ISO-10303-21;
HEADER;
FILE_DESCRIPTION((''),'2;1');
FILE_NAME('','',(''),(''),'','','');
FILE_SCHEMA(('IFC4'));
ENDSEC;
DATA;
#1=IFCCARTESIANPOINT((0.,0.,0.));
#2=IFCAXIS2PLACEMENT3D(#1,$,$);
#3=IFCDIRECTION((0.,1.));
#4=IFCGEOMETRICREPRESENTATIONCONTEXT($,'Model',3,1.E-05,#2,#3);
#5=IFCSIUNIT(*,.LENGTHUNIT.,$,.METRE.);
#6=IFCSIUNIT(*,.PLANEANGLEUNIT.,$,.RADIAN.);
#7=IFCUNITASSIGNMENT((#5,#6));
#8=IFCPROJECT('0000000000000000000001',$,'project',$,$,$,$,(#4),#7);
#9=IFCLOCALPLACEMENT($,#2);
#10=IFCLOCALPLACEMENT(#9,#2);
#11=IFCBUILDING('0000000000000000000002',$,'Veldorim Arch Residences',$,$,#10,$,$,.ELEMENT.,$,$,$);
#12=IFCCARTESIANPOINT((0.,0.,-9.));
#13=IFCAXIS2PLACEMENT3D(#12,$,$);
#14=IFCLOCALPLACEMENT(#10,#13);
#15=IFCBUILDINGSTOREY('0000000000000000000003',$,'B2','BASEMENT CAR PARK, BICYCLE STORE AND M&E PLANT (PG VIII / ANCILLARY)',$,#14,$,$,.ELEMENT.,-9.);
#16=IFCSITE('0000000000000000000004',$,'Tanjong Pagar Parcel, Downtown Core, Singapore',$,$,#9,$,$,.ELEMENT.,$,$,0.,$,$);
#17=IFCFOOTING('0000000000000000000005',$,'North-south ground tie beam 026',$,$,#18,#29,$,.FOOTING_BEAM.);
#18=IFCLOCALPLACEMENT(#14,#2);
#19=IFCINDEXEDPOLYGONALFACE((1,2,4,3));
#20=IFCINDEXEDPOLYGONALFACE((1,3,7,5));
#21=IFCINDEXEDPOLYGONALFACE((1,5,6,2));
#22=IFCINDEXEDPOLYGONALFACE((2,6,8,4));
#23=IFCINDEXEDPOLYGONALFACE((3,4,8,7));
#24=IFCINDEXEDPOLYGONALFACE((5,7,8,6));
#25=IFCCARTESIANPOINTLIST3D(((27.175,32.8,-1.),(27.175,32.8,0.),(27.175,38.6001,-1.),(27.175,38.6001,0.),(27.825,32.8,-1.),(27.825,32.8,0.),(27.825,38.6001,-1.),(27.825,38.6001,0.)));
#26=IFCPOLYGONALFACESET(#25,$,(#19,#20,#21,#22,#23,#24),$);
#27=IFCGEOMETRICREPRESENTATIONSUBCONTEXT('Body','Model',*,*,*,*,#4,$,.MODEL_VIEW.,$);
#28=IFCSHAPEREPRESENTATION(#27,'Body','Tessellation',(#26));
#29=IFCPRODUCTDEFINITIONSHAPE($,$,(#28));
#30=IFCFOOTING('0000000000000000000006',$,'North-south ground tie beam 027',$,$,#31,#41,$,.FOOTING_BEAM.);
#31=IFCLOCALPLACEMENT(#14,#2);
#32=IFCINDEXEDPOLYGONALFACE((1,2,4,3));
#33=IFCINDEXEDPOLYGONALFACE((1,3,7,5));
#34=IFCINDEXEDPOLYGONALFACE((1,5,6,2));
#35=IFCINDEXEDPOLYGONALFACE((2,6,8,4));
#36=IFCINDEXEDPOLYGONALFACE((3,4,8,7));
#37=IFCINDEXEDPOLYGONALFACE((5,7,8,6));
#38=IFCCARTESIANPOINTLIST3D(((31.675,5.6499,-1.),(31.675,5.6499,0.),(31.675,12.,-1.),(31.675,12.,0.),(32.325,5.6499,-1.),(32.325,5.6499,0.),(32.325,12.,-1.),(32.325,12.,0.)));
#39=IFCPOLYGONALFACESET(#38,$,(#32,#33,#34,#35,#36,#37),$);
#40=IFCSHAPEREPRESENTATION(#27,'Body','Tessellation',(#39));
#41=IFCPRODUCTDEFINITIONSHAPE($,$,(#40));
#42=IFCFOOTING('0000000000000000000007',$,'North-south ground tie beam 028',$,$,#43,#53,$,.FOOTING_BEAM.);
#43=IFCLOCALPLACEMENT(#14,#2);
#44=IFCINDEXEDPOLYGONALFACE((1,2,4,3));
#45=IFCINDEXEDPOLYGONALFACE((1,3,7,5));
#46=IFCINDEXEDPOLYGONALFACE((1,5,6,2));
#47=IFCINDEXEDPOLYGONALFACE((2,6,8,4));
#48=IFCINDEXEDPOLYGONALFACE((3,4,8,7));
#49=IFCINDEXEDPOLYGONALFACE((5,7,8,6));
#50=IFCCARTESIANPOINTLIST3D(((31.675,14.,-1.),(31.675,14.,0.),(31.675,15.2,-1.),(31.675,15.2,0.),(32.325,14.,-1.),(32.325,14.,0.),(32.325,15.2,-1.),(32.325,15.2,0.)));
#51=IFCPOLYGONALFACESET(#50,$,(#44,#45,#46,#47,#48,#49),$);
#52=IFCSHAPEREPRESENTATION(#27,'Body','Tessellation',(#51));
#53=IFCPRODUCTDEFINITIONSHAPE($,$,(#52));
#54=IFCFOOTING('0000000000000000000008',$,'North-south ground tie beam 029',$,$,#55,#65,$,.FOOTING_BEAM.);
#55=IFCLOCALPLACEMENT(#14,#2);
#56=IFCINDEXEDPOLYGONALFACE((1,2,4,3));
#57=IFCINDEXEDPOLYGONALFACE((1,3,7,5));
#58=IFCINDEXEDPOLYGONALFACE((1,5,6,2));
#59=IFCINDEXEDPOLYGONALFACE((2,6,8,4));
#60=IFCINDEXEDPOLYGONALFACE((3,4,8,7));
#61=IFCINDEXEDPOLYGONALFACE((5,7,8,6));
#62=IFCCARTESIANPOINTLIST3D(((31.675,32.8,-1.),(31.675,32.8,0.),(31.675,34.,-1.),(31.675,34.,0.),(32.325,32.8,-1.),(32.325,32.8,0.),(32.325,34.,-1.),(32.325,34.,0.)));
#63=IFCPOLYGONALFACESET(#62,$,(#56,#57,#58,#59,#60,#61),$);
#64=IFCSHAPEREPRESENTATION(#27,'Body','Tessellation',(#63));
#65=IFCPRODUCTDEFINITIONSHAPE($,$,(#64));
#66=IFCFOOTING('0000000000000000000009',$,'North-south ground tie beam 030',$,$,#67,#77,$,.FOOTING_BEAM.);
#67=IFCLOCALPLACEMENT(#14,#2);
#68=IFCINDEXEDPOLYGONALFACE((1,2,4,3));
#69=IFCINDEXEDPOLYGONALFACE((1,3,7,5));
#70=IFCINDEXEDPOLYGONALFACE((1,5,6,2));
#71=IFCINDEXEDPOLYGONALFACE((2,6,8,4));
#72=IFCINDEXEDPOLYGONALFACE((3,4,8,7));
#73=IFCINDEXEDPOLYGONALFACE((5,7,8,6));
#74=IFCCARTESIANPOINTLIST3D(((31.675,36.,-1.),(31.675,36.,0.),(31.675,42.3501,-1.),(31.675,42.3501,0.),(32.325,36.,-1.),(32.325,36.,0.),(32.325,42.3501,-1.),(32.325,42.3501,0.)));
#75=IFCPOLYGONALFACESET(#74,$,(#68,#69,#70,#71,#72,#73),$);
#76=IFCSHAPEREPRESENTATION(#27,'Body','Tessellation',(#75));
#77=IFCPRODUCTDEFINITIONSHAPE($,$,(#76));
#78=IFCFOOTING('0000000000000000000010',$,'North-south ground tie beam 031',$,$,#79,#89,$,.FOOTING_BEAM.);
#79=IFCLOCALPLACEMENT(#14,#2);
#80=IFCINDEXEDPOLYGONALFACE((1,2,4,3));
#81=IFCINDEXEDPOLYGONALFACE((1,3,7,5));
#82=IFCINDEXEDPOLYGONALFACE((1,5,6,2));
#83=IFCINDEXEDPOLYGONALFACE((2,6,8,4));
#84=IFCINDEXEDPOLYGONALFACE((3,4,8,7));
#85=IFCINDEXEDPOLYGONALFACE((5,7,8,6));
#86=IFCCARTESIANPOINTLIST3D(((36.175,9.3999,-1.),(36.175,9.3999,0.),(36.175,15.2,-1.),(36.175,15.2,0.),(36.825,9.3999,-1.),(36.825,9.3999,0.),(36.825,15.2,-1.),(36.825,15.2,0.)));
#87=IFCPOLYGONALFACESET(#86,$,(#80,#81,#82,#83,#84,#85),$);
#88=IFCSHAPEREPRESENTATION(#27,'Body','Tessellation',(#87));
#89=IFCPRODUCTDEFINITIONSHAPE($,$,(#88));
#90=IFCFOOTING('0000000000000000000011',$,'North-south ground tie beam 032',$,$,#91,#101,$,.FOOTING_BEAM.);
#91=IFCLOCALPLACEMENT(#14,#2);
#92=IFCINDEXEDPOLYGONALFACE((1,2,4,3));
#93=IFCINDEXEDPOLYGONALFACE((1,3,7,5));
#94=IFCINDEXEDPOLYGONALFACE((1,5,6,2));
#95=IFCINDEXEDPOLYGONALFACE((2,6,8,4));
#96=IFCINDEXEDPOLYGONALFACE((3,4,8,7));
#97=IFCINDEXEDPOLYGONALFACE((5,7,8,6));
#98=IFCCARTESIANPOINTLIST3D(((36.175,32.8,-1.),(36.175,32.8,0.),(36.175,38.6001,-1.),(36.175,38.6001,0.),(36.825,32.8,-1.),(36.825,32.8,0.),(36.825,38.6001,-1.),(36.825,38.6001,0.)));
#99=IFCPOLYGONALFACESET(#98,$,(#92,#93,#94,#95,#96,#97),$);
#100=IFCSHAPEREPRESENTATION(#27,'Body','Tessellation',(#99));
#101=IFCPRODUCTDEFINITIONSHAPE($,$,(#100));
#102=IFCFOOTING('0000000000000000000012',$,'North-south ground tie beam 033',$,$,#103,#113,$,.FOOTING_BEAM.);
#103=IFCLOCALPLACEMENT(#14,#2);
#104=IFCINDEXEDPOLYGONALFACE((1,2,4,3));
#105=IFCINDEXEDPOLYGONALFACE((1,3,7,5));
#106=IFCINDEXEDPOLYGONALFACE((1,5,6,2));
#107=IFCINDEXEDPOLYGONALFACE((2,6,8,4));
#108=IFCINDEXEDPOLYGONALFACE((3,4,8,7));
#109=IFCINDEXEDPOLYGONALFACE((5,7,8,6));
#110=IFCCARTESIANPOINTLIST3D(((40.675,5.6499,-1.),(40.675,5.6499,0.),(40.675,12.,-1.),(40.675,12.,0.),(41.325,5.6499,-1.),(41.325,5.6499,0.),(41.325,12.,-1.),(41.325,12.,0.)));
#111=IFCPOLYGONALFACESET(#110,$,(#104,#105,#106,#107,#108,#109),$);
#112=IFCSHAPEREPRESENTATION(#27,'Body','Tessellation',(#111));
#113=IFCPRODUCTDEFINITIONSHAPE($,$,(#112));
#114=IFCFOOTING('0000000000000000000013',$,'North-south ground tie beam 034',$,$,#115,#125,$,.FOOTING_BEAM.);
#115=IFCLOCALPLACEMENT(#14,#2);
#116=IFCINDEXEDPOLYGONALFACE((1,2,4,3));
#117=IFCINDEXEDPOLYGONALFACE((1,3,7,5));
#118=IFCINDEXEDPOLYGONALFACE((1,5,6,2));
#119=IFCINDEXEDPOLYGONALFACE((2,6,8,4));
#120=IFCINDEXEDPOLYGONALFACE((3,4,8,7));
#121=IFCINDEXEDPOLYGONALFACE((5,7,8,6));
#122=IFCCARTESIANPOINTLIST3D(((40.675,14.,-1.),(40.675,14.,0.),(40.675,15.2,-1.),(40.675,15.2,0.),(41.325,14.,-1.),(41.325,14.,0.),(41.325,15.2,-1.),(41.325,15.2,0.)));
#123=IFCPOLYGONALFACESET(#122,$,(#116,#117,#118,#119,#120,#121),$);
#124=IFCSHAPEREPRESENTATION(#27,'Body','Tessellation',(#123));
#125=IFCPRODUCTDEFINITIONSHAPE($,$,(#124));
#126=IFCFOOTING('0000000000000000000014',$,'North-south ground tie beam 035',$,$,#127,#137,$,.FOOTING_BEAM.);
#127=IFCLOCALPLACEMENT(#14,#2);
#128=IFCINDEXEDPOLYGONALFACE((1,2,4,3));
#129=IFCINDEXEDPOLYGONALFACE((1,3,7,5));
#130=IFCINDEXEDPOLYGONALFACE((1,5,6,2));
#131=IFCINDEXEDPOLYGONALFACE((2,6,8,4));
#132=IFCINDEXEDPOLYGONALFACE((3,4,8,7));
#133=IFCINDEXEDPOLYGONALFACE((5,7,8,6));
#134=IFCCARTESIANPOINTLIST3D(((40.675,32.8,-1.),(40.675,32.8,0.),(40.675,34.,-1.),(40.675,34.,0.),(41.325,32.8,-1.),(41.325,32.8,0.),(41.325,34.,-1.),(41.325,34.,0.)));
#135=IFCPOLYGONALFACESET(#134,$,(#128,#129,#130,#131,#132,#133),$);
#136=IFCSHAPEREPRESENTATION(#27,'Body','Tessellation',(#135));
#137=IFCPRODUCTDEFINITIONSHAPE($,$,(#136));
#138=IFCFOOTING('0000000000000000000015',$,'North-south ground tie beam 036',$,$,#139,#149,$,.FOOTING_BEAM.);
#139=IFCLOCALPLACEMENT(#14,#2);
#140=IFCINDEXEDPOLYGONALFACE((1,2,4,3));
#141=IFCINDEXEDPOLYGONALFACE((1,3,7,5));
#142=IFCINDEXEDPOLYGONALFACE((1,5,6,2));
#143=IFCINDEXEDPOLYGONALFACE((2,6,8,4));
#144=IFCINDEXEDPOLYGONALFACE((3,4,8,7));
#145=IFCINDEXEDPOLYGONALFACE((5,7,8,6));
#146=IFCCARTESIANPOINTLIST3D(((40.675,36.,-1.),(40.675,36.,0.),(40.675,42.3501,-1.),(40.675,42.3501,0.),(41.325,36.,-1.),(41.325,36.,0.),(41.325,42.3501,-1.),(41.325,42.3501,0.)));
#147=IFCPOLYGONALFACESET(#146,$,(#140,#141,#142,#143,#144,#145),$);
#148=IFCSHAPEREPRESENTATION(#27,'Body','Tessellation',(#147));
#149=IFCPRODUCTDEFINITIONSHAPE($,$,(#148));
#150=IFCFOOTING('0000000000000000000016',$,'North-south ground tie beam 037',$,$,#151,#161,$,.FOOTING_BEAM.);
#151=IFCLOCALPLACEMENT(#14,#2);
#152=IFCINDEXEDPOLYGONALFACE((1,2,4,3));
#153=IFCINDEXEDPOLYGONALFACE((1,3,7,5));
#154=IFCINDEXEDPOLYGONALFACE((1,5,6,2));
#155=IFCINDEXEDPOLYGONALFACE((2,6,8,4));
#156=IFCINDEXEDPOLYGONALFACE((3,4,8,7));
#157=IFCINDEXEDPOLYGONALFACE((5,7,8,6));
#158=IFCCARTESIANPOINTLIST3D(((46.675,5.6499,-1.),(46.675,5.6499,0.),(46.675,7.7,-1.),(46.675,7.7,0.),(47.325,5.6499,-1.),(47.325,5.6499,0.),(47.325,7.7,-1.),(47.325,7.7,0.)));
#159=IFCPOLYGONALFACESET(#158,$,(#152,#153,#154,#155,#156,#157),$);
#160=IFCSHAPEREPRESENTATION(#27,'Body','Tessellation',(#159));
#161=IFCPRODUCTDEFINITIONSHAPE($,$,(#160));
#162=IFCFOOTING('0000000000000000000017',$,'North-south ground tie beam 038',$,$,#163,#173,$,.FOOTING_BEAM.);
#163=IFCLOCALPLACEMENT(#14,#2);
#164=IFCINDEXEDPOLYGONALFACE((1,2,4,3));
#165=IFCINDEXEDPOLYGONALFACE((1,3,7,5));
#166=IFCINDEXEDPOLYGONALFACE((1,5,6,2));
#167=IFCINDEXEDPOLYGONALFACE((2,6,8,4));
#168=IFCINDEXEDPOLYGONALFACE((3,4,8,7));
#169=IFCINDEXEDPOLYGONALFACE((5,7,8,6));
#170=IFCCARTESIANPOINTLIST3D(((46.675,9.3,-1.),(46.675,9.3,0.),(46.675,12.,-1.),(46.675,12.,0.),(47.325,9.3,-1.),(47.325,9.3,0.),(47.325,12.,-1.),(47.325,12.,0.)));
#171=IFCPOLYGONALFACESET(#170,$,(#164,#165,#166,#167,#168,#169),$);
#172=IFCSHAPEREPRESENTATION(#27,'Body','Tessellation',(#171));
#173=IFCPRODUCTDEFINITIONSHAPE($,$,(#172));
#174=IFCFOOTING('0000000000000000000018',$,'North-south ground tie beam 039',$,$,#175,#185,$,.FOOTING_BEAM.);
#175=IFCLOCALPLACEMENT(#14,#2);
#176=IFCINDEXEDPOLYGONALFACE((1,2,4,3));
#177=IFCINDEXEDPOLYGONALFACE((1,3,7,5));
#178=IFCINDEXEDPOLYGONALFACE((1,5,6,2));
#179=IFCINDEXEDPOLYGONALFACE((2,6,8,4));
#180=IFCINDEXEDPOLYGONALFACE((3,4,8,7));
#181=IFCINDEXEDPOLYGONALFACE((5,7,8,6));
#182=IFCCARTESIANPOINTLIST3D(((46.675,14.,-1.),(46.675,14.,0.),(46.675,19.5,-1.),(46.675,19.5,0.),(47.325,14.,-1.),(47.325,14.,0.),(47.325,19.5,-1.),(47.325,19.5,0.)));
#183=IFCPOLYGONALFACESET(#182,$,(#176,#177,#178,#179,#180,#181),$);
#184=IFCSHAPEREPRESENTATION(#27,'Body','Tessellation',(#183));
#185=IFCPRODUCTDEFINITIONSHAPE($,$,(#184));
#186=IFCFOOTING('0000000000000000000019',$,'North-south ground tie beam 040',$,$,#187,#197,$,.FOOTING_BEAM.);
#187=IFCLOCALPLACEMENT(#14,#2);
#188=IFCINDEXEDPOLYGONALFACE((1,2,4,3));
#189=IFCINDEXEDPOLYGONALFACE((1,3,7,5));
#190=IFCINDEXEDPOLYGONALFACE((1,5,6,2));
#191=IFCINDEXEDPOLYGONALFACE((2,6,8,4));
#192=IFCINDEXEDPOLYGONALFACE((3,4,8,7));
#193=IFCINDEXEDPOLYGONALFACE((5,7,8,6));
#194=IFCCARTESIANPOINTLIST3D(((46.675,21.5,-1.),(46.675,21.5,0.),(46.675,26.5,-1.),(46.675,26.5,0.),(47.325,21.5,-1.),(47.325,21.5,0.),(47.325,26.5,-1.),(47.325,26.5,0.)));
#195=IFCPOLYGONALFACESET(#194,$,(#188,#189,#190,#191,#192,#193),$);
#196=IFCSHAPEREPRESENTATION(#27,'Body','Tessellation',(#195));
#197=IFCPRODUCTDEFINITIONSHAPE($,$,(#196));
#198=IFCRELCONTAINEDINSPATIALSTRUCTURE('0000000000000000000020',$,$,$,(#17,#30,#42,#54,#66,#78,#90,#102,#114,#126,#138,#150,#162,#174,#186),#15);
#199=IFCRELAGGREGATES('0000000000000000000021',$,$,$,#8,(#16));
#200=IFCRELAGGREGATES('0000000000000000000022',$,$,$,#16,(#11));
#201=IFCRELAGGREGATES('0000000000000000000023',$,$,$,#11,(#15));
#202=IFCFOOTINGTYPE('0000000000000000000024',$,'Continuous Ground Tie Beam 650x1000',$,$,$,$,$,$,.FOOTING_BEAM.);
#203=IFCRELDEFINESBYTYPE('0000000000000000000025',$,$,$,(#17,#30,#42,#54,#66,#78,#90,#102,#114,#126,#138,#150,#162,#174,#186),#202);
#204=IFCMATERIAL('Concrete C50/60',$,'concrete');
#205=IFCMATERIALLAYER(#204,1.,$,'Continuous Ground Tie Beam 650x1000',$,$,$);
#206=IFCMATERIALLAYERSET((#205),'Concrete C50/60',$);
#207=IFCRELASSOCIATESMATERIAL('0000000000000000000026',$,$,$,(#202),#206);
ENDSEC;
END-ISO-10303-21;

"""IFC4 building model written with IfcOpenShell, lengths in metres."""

from ifc_helpers import new_model, si_unit, direction, frame, origin, place, context, subcontext, project, spatial, polyline, outline, extrude, material, layer, layer_set, type_object, element, save


model = new_model("IFC4")

# Units and contexts
model_context = context("Model", 3, precision=1e-05, world=origin(), true_north=direction((0.0, 1.0)))
body_context = subcontext(model_context, "Body", "Model", "MODEL_VIEW")
ifc_project = project(units=[si_unit("LENGTHUNIT", "METRE"), si_unit("PLANEANGLEUNIT", "RADIAN")], contexts=[model_context])

# Site, building, storey
site_placement = place(None, origin())
site = spatial("IfcSite", under=ifc_project, at=site_placement, Name="Tanjong Pagar Parcel, Downtown Core, Singapore", CompositionType="ELEMENT", RefElevation=0.0)
building_placement = place(site_placement, origin())
building = spatial("IfcBuilding", under=site, at=building_placement, Name="Veldorim Arch Residences", CompositionType="ELEMENT")
storey_placement = place(building_placement, frame((0.0, 0.0, -9.0)))
storey = spatial("IfcBuildingStorey", under=building, at=storey_placement, Name="B2", Description="BASEMENT CAR PARK, BICYCLE STORE AND M&E PLANT (PG VIII / ANCILLARY)", CompositionType="ELEMENT", Elevation=-9.0)

# Footings
ifc_material = material(Name="Concrete C50/60", Category="concrete")
ifc_layer = layer(ifc_material, 1.0, Name="Continuous Ground Tie Beam 650x1000")
ifc_layer_set = layer_set([ifc_layer], Name="Concrete C50/60")
footing_type = type_object("IfcFootingType", Name="Continuous Ground Tie Beam 650x1000", PredefinedType="FOOTING_BEAM", material=ifc_layer_set)
footing_1_placement = place(storey_placement, frame((0.0, 0.0, -1.0)))
element("IfcFooting", 1, at=footing_1_placement, inside=storey, type_object=footing_type, Name="North-south ground tie beam 026", PredefinedType="FOOTING_BEAM", context=body_context, shape_type="SweptSolid", body=[
    extrude(outline(polyline([(27.175, 32.8), (27.825, 32.8), (27.825, 38.6001), (27.175, 38.6001), (27.175, 32.8)])), origin(), (0.0, 0.0, 1.0), 1.0),
])
footing_2_placement = place(storey_placement, frame((0.0, 0.0, -1.0)))
element("IfcFooting", 2, at=footing_2_placement, inside=storey, type_object=footing_type, Name="North-south ground tie beam 027", PredefinedType="FOOTING_BEAM", context=body_context, shape_type="SweptSolid", body=[
    extrude(outline(polyline([(31.675, 5.6499), (32.325, 5.6499), (32.325, 12.0), (31.675, 12.0), (31.675, 5.6499)])), origin(), (0.0, 0.0, 1.0), 1.0),
])
footing_3_placement = place(storey_placement, frame((0.0, 0.0, -1.0)))
element("IfcFooting", 3, at=footing_3_placement, inside=storey, type_object=footing_type, Name="North-south ground tie beam 028", PredefinedType="FOOTING_BEAM", context=body_context, shape_type="SweptSolid", body=[
    extrude(outline(polyline([(31.675, 14.0), (32.325, 14.0), (32.325, 15.2), (31.675, 15.2), (31.675, 14.0)])), origin(), (0.0, 0.0, 1.0), 1.0),
])
footing_4_placement = place(storey_placement, frame((0.0, 0.0, -1.0)))
element("IfcFooting", 4, at=footing_4_placement, inside=storey, type_object=footing_type, Name="North-south ground tie beam 029", PredefinedType="FOOTING_BEAM", context=body_context, shape_type="SweptSolid", body=[
    extrude(outline(polyline([(31.675, 32.8), (32.325, 32.8), (32.325, 34.0), (31.675, 34.0), (31.675, 32.8)])), origin(), (0.0, 0.0, 1.0), 1.0),
])
footing_5_placement = place(storey_placement, frame((0.0, 0.0, -1.0)))
element("IfcFooting", 5, at=footing_5_placement, inside=storey, type_object=footing_type, Name="North-south ground tie beam 030", PredefinedType="FOOTING_BEAM", context=body_context, shape_type="SweptSolid", body=[
    extrude(outline(polyline([(31.675, 36.0), (32.325, 36.0), (32.325, 42.3501), (31.675, 42.3501), (31.675, 36.0)])), origin(), (0.0, 0.0, 1.0), 1.0),
])
footing_6_placement = place(storey_placement, frame((0.0, 0.0, -1.0)))
element("IfcFooting", 6, at=footing_6_placement, inside=storey, type_object=footing_type, Name="North-south ground tie beam 031", PredefinedType="FOOTING_BEAM", context=body_context, shape_type="SweptSolid", body=[
    extrude(outline(polyline([(36.175, 9.3999), (36.825, 9.3999), (36.825, 15.2), (36.175, 15.2), (36.175, 9.3999)])), origin(), (0.0, 0.0, 1.0), 1.0),
])
footing_7_placement = place(storey_placement, frame((0.0, 0.0, -1.0)))
element("IfcFooting", 7, at=footing_7_placement, inside=storey, type_object=footing_type, Name="North-south ground tie beam 032", PredefinedType="FOOTING_BEAM", context=body_context, shape_type="SweptSolid", body=[
    extrude(outline(polyline([(36.175, 32.8), (36.825, 32.8), (36.825, 38.6001), (36.175, 38.6001), (36.175, 32.8)])), origin(), (0.0, 0.0, 1.0), 1.0),
])
footing_8_placement = place(storey_placement, frame((0.0, 0.0, -1.0)))
element("IfcFooting", 8, at=footing_8_placement, inside=storey, type_object=footing_type, Name="North-south ground tie beam 033", PredefinedType="FOOTING_BEAM", context=body_context, shape_type="SweptSolid", body=[
    extrude(outline(polyline([(40.675, 5.6499), (41.325, 5.6499), (41.325, 12.0), (40.675, 12.0), (40.675, 5.6499)])), origin(), (0.0, 0.0, 1.0), 1.0),
])
footing_9_placement = place(storey_placement, frame((0.0, 0.0, -1.0)))
element("IfcFooting", 9, at=footing_9_placement, inside=storey, type_object=footing_type, Name="North-south ground tie beam 034", PredefinedType="FOOTING_BEAM", context=body_context, shape_type="SweptSolid", body=[
    extrude(outline(polyline([(40.675, 14.0), (41.325, 14.0), (41.325, 15.2), (40.675, 15.2), (40.675, 14.0)])), origin(), (0.0, 0.0, 1.0), 1.0),
])
footing_10_placement = place(storey_placement, frame((0.0, 0.0, -1.0)))
element("IfcFooting", 10, at=footing_10_placement, inside=storey, type_object=footing_type, Name="North-south ground tie beam 035", PredefinedType="FOOTING_BEAM", context=body_context, shape_type="SweptSolid", body=[
    extrude(outline(polyline([(40.675, 32.8), (41.325, 32.8), (41.325, 34.0), (40.675, 34.0), (40.675, 32.8)])), origin(), (0.0, 0.0, 1.0), 1.0),
])
footing_11_placement = place(storey_placement, frame((0.0, 0.0, -1.0)))
element("IfcFooting", 11, at=footing_11_placement, inside=storey, type_object=footing_type, Name="North-south ground tie beam 036", PredefinedType="FOOTING_BEAM", context=body_context, shape_type="SweptSolid", body=[
    extrude(outline(polyline([(40.675, 36.0), (41.325, 36.0), (41.325, 42.3501), (40.675, 42.3501), (40.675, 36.0)])), origin(), (0.0, 0.0, 1.0), 1.0),
])
footing_12_placement = place(storey_placement, frame((0.0, 0.0, -1.0)))
element("IfcFooting", 12, at=footing_12_placement, inside=storey, type_object=footing_type, Name="North-south ground tie beam 037", PredefinedType="FOOTING_BEAM", context=body_context, shape_type="SweptSolid", body=[
    extrude(outline(polyline([(46.675, 5.6499), (47.325, 5.6499), (47.325, 7.7), (46.675, 7.7), (46.675, 5.6499)])), origin(), (0.0, 0.0, 1.0), 1.0),
])
footing_13_placement = place(storey_placement, frame((0.0, 0.0, -1.0)))
element("IfcFooting", 13, at=footing_13_placement, inside=storey, type_object=footing_type, Name="North-south ground tie beam 038", PredefinedType="FOOTING_BEAM", context=body_context, shape_type="SweptSolid", body=[
    extrude(outline(polyline([(46.675, 9.3), (47.325, 9.3), (47.325, 12.0), (46.675, 12.0), (46.675, 9.3)])), origin(), (0.0, 0.0, 1.0), 1.0),
])
footing_14_placement = place(storey_placement, frame((0.0, 0.0, -1.0)))
element("IfcFooting", 14, at=footing_14_placement, inside=storey, type_object=footing_type, Name="North-south ground tie beam 039", PredefinedType="FOOTING_BEAM", context=body_context, shape_type="SweptSolid", body=[
    extrude(outline(polyline([(46.675, 14.0), (47.325, 14.0), (47.325, 19.5), (46.675, 19.5), (46.675, 14.0)])), origin(), (0.0, 0.0, 1.0), 1.0),
])
footing_15_placement = place(storey_placement, frame((0.0, 0.0, -1.0)))
element("IfcFooting", 15, at=footing_15_placement, inside=storey, type_object=footing_type, Name="North-south ground tie beam 040", PredefinedType="FOOTING_BEAM", context=body_context, shape_type="SweptSolid", body=[
    extrude(outline(polyline([(46.675, 21.5), (47.325, 21.5), (47.325, 26.5), (46.675, 26.5), (46.675, 21.5)])), origin(), (0.0, 0.0, 1.0), 1.0),
])

save(model, "model.ifc")
